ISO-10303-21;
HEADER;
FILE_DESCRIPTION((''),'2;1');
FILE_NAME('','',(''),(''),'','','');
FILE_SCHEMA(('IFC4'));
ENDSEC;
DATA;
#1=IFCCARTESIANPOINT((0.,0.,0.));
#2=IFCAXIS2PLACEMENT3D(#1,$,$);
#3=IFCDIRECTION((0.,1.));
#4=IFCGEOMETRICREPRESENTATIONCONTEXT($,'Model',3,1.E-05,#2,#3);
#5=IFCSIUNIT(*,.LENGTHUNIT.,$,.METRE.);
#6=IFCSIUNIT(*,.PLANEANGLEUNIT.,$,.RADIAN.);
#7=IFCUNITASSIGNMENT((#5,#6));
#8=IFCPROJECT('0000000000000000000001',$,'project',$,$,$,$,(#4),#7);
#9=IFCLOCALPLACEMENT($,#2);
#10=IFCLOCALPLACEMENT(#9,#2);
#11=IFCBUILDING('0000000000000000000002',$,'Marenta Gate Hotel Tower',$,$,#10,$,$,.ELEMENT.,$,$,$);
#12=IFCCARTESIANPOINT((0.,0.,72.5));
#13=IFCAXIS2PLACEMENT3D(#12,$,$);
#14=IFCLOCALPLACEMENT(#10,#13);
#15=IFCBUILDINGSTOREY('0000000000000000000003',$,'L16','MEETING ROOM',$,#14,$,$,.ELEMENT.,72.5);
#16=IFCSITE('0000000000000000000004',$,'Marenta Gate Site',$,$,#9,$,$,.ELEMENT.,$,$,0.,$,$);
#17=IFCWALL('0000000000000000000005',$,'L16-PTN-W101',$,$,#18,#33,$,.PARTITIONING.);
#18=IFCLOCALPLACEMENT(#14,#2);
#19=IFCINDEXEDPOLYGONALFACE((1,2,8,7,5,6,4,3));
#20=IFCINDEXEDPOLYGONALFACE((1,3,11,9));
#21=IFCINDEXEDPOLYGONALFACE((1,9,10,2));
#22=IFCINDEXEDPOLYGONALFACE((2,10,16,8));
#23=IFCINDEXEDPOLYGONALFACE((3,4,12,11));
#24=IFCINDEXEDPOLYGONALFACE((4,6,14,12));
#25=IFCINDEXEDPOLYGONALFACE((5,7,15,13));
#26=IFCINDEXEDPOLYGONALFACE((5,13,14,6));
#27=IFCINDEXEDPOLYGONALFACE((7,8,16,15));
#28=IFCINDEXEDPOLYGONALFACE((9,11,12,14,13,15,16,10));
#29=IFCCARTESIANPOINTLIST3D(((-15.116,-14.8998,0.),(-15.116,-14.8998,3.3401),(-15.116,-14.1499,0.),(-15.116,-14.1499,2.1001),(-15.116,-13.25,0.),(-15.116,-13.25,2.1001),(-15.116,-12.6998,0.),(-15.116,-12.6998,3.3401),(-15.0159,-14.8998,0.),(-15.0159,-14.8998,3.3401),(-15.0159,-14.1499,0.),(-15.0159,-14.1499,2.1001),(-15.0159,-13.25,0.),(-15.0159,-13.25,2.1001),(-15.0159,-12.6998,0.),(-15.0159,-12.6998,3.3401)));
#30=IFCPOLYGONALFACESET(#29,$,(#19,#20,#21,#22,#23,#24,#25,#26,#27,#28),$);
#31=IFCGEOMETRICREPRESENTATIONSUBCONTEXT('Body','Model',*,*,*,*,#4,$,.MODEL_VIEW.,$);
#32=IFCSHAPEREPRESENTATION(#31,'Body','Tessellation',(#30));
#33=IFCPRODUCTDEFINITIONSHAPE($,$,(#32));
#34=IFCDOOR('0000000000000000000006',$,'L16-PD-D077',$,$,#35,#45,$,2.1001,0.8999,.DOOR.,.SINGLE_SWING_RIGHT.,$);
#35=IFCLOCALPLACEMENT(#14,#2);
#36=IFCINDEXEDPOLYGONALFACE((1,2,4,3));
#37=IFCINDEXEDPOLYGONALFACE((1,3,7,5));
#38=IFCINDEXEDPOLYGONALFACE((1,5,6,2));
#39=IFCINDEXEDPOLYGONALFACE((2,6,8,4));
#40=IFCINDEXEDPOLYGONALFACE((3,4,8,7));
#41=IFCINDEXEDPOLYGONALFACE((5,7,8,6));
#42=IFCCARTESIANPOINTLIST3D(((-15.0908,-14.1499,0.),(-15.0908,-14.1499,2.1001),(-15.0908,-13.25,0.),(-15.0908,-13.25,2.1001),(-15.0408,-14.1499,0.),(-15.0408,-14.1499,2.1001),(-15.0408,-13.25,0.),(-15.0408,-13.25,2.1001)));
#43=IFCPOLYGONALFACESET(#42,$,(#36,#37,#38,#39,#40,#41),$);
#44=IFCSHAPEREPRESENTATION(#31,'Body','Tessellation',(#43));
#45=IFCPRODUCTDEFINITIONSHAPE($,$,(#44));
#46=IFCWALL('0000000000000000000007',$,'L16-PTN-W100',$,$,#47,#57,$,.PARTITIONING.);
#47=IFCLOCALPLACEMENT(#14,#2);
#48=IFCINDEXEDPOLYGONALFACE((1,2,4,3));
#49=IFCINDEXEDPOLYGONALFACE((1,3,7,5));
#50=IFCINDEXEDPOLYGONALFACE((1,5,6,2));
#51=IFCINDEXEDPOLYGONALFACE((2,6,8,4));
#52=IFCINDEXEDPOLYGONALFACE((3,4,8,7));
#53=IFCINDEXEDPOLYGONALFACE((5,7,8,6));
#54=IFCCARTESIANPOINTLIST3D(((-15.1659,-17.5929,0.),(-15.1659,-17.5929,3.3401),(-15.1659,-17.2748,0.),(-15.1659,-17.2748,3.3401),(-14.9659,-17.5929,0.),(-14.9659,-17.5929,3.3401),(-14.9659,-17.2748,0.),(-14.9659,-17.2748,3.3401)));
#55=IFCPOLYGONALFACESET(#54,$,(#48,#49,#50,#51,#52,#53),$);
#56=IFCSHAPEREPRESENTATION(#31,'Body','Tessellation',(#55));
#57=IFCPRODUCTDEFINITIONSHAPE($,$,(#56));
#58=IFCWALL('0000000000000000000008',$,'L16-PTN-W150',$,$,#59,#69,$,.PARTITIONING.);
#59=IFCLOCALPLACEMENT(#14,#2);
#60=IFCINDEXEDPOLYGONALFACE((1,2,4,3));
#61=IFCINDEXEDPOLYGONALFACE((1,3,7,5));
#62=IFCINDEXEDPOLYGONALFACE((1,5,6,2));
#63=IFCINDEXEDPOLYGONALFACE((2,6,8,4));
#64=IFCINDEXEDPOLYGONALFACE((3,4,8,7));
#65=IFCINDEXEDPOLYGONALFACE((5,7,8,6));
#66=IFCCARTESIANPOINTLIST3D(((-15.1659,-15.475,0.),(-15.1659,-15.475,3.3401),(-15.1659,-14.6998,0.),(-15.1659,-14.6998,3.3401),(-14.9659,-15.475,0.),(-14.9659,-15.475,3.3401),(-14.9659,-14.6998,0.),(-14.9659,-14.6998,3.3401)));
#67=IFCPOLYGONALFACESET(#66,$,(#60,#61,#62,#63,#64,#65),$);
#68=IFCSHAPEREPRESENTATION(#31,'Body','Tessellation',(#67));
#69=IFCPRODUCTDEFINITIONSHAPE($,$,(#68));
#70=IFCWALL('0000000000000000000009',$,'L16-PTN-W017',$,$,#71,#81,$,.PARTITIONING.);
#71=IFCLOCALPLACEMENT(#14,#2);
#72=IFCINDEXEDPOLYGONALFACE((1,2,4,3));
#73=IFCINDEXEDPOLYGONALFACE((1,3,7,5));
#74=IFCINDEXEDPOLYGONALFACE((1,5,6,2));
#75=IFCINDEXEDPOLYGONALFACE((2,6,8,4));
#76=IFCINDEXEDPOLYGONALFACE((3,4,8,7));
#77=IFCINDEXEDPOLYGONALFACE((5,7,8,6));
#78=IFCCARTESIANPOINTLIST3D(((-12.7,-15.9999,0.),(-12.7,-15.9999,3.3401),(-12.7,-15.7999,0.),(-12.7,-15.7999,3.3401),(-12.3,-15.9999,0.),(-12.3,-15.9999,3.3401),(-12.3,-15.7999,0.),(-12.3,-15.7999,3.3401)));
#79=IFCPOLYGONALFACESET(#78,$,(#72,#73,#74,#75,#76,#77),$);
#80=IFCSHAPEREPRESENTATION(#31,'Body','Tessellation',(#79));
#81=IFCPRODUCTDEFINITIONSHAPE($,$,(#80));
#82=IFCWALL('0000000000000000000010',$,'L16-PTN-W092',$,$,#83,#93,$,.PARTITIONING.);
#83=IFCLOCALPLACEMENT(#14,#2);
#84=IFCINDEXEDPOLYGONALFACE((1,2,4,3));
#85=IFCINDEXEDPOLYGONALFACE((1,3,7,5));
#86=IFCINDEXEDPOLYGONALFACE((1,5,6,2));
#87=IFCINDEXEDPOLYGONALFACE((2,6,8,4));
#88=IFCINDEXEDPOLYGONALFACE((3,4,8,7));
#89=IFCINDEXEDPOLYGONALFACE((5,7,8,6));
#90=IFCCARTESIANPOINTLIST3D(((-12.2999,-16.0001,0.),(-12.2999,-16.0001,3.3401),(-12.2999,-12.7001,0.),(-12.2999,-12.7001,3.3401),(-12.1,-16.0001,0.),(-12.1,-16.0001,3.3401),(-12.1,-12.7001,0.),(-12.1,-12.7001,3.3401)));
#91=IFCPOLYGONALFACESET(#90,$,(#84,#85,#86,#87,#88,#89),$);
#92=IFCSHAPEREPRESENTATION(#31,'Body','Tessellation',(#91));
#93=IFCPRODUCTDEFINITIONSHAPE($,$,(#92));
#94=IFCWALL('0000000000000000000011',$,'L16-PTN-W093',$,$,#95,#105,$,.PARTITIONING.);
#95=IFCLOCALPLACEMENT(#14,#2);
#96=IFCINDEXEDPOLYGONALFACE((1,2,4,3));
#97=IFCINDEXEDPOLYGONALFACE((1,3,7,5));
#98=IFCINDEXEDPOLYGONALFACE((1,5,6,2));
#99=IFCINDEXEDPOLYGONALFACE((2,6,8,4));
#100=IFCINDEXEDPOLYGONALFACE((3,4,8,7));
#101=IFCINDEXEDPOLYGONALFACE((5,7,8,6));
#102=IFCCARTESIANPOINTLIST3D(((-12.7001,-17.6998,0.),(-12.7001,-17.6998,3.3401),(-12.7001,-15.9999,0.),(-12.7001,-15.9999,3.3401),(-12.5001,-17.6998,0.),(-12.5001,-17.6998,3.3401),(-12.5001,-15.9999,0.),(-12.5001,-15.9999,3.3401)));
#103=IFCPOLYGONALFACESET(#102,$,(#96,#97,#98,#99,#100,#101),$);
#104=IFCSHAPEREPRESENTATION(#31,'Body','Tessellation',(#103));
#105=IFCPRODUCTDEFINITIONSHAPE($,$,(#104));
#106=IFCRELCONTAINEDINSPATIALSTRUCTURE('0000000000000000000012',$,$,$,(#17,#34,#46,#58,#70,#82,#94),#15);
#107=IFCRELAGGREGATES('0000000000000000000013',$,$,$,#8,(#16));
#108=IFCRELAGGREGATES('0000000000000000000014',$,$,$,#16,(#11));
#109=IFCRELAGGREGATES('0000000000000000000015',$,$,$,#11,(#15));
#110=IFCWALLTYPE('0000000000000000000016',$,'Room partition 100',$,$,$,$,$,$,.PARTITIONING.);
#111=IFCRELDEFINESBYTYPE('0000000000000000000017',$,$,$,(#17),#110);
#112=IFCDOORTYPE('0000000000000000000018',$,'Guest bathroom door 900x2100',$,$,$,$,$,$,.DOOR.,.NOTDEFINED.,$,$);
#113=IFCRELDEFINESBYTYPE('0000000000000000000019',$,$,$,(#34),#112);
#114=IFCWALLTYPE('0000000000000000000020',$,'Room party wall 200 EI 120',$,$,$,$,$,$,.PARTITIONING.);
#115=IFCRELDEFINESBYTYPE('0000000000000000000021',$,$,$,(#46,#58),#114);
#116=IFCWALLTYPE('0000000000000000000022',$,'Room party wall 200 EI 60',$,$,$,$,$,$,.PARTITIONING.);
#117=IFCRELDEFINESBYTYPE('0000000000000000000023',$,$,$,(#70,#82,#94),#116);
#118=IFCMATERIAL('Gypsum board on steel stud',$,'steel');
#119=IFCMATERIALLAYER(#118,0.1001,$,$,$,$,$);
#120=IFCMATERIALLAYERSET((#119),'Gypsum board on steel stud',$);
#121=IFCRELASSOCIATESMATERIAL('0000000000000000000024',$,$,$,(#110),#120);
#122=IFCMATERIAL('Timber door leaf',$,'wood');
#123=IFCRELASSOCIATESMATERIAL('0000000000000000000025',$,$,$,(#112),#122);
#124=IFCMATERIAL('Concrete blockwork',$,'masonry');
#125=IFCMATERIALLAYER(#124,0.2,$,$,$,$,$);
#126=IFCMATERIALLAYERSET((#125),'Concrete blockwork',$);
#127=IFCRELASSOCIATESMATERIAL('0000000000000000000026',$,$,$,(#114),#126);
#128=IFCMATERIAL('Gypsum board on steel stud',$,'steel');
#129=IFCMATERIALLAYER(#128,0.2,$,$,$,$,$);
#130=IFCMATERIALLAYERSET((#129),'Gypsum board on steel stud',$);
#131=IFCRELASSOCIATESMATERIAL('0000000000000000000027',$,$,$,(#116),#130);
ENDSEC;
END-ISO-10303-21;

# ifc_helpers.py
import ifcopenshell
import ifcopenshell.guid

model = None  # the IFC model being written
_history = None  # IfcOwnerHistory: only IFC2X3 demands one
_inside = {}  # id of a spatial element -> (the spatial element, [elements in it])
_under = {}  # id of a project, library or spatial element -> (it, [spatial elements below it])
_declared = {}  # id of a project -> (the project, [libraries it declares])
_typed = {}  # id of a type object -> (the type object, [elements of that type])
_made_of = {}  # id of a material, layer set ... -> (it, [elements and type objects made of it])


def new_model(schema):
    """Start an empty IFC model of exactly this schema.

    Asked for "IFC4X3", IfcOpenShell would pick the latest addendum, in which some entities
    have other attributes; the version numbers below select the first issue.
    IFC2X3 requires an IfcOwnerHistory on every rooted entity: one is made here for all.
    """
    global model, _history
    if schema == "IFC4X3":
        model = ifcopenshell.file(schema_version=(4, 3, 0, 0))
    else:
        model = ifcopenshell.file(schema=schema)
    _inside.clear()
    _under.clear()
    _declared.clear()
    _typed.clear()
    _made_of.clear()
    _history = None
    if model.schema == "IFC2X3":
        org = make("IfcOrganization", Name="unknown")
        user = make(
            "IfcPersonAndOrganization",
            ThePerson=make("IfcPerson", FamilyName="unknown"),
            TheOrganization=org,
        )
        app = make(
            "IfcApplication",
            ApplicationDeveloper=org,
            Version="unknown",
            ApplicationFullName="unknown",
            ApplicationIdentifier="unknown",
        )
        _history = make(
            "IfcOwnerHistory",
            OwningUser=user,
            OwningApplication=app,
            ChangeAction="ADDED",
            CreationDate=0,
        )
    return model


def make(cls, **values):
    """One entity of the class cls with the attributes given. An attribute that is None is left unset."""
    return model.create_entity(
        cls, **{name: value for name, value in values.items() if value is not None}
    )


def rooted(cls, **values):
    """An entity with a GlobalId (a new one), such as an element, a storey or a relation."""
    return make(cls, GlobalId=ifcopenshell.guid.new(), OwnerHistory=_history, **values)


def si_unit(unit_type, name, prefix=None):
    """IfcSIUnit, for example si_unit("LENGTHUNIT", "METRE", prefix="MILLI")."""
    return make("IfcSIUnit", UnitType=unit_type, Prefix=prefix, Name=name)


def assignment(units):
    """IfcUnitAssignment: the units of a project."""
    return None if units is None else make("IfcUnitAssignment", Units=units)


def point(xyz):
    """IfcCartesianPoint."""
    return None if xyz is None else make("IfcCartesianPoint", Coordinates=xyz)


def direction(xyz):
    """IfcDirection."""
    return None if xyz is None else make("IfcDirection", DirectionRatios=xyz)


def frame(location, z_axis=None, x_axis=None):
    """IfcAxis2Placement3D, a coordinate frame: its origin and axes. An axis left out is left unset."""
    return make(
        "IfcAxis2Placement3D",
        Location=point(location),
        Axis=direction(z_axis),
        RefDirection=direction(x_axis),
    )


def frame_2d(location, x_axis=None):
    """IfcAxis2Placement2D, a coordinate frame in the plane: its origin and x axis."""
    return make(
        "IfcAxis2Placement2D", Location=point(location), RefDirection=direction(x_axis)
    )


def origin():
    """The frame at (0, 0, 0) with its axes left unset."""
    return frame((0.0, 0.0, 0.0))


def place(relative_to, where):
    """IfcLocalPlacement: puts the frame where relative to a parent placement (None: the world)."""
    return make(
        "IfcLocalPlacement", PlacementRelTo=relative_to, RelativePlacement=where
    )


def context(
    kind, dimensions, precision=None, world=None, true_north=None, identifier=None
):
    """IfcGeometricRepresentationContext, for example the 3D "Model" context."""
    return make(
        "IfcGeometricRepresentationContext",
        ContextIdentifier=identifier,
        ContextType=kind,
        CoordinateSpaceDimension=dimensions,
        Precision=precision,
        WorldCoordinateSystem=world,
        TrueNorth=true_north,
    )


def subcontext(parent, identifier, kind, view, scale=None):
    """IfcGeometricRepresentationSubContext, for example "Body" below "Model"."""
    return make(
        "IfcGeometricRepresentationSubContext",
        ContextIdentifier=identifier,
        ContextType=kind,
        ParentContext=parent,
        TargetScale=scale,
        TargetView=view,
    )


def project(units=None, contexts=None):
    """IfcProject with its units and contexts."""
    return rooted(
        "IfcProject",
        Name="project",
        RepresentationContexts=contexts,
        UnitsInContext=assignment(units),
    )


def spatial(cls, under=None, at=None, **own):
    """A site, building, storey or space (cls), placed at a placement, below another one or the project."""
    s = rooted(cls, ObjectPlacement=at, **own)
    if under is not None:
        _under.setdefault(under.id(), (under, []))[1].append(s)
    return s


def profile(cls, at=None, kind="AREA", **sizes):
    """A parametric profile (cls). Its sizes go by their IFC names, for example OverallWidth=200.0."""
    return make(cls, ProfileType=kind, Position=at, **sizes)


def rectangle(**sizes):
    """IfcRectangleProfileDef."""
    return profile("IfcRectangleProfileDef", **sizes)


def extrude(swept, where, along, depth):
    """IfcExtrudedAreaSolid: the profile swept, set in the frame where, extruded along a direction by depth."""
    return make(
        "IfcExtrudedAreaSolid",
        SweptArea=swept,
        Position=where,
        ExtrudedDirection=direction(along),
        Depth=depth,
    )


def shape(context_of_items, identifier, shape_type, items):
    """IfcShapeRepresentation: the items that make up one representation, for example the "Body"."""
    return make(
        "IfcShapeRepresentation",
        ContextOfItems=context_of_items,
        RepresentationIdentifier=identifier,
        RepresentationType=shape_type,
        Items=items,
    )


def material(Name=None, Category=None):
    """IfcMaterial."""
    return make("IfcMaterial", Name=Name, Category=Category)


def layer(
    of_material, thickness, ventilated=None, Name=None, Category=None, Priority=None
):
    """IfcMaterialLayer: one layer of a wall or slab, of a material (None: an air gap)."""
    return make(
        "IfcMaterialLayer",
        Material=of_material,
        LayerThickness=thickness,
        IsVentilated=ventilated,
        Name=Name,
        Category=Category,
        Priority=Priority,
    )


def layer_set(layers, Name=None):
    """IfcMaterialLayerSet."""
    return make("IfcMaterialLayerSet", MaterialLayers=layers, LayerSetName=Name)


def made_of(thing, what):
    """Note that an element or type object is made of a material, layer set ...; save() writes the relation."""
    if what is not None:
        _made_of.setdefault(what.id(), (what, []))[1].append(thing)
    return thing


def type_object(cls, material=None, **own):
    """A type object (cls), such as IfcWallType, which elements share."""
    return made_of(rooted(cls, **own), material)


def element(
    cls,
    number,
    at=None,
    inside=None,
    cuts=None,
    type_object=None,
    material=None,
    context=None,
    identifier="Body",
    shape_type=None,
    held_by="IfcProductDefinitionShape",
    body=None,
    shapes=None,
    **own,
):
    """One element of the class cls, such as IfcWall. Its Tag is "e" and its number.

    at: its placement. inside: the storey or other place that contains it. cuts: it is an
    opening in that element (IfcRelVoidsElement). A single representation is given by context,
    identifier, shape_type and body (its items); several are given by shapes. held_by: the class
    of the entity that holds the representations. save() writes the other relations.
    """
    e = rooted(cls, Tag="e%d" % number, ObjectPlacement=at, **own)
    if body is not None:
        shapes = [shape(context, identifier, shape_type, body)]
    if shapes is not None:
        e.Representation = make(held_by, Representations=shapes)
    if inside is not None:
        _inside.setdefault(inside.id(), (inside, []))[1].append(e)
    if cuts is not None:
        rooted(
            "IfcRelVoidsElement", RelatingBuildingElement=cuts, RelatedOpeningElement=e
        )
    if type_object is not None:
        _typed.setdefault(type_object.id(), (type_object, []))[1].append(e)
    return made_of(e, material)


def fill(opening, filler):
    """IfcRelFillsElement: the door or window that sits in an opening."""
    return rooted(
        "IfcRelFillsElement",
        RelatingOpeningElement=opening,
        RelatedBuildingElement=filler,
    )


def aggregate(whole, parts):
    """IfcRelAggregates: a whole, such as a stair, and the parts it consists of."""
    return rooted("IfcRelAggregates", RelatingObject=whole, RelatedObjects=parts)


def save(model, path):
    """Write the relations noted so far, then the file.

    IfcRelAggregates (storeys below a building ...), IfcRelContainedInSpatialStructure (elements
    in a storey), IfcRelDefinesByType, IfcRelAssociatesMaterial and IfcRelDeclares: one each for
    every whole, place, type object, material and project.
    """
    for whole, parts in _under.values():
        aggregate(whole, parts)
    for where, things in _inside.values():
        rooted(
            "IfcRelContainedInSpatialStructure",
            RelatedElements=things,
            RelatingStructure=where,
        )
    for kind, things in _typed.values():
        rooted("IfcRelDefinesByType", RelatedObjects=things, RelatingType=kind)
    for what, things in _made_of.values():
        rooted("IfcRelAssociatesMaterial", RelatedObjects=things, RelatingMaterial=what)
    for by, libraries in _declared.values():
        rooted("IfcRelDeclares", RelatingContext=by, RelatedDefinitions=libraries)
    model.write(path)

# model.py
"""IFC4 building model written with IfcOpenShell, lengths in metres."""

from ifc_helpers import new_model, si_unit, direction, frame, frame_2d, origin, place, context, subcontext, project, spatial, rectangle, extrude, material, layer, layer_set, type_object, element, fill, save


model = new_model("IFC4")

# Units and contexts
model_context = context("Model", 3, precision=1e-05, world=origin(), true_north=direction((0.0, 1.0)))
body_context = subcontext(model_context, "Body", "Model", "MODEL_VIEW")
ifc_project = project(units=[si_unit("LENGTHUNIT", "METRE"), si_unit("PLANEANGLEUNIT", "RADIAN")], contexts=[model_context])

# Site, building, storey
site_placement = place(None, origin())
site = spatial("IfcSite", under=ifc_project, at=site_placement, Name="Marenta Gate Site", CompositionType="ELEMENT", RefElevation=0.0)
building_placement = place(site_placement, origin())
building = spatial("IfcBuilding", under=site, at=building_placement, Name="Marenta Gate Hotel Tower", CompositionType="ELEMENT")
storey_placement = place(building_placement, frame((0.0, 0.0, 72.5)))
storey = spatial("IfcBuildingStorey", under=building, at=storey_placement, Name="L16", Description="MEETING ROOM", CompositionType="ELEMENT", Elevation=72.5)

# Shared definitions
ifc_material_1 = material(Name="Gypsum board on steel stud", Category="steel")
ifc_layer_1 = layer(ifc_material_1, 0.1001)
ifc_layer_set_1 = layer_set([ifc_layer_1], Name="Gypsum board on steel stud")
wall_type_1 = type_object("IfcWallType", Name="Room partition 100", PredefinedType="PARTITIONING", material=ifc_layer_set_1)

# Wall, opening, door
wall_1_placement = place(storey_placement, frame((-15.0659, -14.8999, 0.0), z_axis=(0.0, 0.0, 1.0), x_axis=(0.0, 1.0, 0.0)))
wall_1 = element("IfcWall", 1, at=wall_1_placement, inside=storey, type_object=wall_type_1, Name="L16-PTN-W101", PredefinedType="PARTITIONING", context=body_context, shape_type="SweptSolid", body=[
    extrude(rectangle(XDim=2.2, YDim=0.1001, at=frame_2d((1.1001, 0.0))), origin(), (0.0, 0.0, 1.0), 3.3401),
])
opening_placement = place(wall_1_placement, frame((0.75, 0.0, 0.0)))
opening = element("IfcOpeningElement", 2, at=opening_placement, cuts=wall_1, PredefinedType="OPENING", context=body_context, shape_type="SweptSolid", body=[
    extrude(rectangle(XDim=0.8999, YDim=2.1001, at=frame_2d((0.45, 1.05))), frame((0.0, 0.05, 0.0), z_axis=(0.0, -1.0, 0.0), x_axis=(1.0, 0.0, 0.0)), (0.0, 0.0, 1.0), 0.1001),
])
ifc_material_2 = material(Name="Timber door leaf", Category="wood")
door_type = type_object("IfcDoorType", Name="Guest bathroom door 900x2100", OperationType="NOTDEFINED", PredefinedType="DOOR", material=ifc_material_2)
door_placement = place(opening_placement, origin())
door = element("IfcDoor", 3, at=door_placement, inside=storey, type_object=door_type, Name="L16-PD-D077", OperationType="SINGLE_SWING_RIGHT", OverallHeight=2.1001, OverallWidth=0.8999, PredefinedType="DOOR", context=body_context, shape_type="SweptSolid", body=[
    extrude(rectangle(XDim=0.8999, YDim=2.1001, at=frame_2d((0.45, 1.05))), frame((0.0, 0.0249, 0.0), z_axis=(0.0, -1.0, 0.0), x_axis=(1.0, 0.0, 0.0)), (0.0, 0.0, 1.0), 0.05),
])
fill(opening, door)

# Walls
ifc_material_3 = material(Name="Concrete blockwork", Category="masonry")
ifc_layer_2 = layer(ifc_material_3, 0.2)
ifc_layer_set_2 = layer_set([ifc_layer_2], Name="Concrete blockwork")
wall_type_2 = type_object("IfcWallType", Name="Room party wall 200 EI 120", PredefinedType="PARTITIONING", material=ifc_layer_set_2)
wall_2_placement = place(storey_placement, frame((-15.0659, -17.593, 0.0), z_axis=(0.0, 0.0, 1.0), x_axis=(0.0, 1.0, 0.0)))
element("IfcWall", 4, at=wall_2_placement, inside=storey, type_object=wall_type_2, Name="L16-PTN-W100", PredefinedType="PARTITIONING", context=body_context, shape_type="SweptSolid", body=[
    extrude(rectangle(XDim=0.3181, YDim=0.2, at=frame_2d((0.1592, 0.0))), origin(), (0.0, 0.0, 1.0), 3.3401),
])
wall_3_placement = place(storey_placement, frame((-15.0659, -15.4751, 0.0), z_axis=(0.0, 0.0, 1.0), x_axis=(0.0, 1.0, 0.0)))
element("IfcWall", 5, at=wall_3_placement, inside=storey, type_object=wall_type_2, Name="L16-PTN-W150", PredefinedType="PARTITIONING", context=body_context, shape_type="SweptSolid", body=[
    extrude(rectangle(XDim=0.7751, YDim=0.2, at=frame_2d((0.3877, 0.0))), origin(), (0.0, 0.0, 1.0), 3.3401),
])
ifc_material_4 = material(Name="Gypsum board on steel stud", Category="steel")
ifc_layer_3 = layer(ifc_material_4, 0.2)
ifc_layer_set_3 = layer_set([ifc_layer_3], Name="Gypsum board on steel stud")
wall_type_3 = type_object("IfcWallType", Name="Room party wall 200 EI 60", PredefinedType="PARTITIONING", material=ifc_layer_set_3)
wall_4_placement = place(storey_placement, frame((-12.7, -15.8999, 0.0), z_axis=(0.0, 0.0, 1.0), x_axis=(1.0, 0.0, 0.0)))
element("IfcWall", 6, at=wall_4_placement, inside=storey, type_object=wall_type_3, Name="L16-PTN-W017", PredefinedType="PARTITIONING", context=body_context, shape_type="SweptSolid", body=[
    extrude(rectangle(XDim=0.3999, YDim=0.2, at=frame_2d((0.2, 0.0))), origin(), (0.0, 0.0, 1.0), 3.3401),
])
wall_5_placement = place(storey_placement, frame((-12.2, -16.0, 0.0), z_axis=(0.0, 0.0, 1.0), x_axis=(0.0, 1.0, 0.0)))
element("IfcWall", 7, at=wall_5_placement, inside=storey, type_object=wall_type_3, Name="L16-PTN-W092", PredefinedType="PARTITIONING", context=body_context, shape_type="SweptSolid", body=[
    extrude(rectangle(XDim=3.3, YDim=0.2, at=frame_2d((1.6499, 0.0))), origin(), (0.0, 0.0, 1.0), 3.3401),
])
wall_6_placement = place(storey_placement, frame((-12.6001, -17.7, 0.0), z_axis=(0.0, 0.0, 1.0), x_axis=(0.0, 1.0, 0.0)))
element("IfcWall", 8, at=wall_6_placement, inside=storey, type_object=wall_type_3, Name="L16-PTN-W093", PredefinedType="PARTITIONING", context=body_context, shape_type="SweptSolid", body=[
    extrude(rectangle(XDim=1.7, YDim=0.2, at=frame_2d((0.8501, 0.0))), origin(), (0.0, 0.0, 1.0), 3.3401),
])

save(model, "model.ifc")
